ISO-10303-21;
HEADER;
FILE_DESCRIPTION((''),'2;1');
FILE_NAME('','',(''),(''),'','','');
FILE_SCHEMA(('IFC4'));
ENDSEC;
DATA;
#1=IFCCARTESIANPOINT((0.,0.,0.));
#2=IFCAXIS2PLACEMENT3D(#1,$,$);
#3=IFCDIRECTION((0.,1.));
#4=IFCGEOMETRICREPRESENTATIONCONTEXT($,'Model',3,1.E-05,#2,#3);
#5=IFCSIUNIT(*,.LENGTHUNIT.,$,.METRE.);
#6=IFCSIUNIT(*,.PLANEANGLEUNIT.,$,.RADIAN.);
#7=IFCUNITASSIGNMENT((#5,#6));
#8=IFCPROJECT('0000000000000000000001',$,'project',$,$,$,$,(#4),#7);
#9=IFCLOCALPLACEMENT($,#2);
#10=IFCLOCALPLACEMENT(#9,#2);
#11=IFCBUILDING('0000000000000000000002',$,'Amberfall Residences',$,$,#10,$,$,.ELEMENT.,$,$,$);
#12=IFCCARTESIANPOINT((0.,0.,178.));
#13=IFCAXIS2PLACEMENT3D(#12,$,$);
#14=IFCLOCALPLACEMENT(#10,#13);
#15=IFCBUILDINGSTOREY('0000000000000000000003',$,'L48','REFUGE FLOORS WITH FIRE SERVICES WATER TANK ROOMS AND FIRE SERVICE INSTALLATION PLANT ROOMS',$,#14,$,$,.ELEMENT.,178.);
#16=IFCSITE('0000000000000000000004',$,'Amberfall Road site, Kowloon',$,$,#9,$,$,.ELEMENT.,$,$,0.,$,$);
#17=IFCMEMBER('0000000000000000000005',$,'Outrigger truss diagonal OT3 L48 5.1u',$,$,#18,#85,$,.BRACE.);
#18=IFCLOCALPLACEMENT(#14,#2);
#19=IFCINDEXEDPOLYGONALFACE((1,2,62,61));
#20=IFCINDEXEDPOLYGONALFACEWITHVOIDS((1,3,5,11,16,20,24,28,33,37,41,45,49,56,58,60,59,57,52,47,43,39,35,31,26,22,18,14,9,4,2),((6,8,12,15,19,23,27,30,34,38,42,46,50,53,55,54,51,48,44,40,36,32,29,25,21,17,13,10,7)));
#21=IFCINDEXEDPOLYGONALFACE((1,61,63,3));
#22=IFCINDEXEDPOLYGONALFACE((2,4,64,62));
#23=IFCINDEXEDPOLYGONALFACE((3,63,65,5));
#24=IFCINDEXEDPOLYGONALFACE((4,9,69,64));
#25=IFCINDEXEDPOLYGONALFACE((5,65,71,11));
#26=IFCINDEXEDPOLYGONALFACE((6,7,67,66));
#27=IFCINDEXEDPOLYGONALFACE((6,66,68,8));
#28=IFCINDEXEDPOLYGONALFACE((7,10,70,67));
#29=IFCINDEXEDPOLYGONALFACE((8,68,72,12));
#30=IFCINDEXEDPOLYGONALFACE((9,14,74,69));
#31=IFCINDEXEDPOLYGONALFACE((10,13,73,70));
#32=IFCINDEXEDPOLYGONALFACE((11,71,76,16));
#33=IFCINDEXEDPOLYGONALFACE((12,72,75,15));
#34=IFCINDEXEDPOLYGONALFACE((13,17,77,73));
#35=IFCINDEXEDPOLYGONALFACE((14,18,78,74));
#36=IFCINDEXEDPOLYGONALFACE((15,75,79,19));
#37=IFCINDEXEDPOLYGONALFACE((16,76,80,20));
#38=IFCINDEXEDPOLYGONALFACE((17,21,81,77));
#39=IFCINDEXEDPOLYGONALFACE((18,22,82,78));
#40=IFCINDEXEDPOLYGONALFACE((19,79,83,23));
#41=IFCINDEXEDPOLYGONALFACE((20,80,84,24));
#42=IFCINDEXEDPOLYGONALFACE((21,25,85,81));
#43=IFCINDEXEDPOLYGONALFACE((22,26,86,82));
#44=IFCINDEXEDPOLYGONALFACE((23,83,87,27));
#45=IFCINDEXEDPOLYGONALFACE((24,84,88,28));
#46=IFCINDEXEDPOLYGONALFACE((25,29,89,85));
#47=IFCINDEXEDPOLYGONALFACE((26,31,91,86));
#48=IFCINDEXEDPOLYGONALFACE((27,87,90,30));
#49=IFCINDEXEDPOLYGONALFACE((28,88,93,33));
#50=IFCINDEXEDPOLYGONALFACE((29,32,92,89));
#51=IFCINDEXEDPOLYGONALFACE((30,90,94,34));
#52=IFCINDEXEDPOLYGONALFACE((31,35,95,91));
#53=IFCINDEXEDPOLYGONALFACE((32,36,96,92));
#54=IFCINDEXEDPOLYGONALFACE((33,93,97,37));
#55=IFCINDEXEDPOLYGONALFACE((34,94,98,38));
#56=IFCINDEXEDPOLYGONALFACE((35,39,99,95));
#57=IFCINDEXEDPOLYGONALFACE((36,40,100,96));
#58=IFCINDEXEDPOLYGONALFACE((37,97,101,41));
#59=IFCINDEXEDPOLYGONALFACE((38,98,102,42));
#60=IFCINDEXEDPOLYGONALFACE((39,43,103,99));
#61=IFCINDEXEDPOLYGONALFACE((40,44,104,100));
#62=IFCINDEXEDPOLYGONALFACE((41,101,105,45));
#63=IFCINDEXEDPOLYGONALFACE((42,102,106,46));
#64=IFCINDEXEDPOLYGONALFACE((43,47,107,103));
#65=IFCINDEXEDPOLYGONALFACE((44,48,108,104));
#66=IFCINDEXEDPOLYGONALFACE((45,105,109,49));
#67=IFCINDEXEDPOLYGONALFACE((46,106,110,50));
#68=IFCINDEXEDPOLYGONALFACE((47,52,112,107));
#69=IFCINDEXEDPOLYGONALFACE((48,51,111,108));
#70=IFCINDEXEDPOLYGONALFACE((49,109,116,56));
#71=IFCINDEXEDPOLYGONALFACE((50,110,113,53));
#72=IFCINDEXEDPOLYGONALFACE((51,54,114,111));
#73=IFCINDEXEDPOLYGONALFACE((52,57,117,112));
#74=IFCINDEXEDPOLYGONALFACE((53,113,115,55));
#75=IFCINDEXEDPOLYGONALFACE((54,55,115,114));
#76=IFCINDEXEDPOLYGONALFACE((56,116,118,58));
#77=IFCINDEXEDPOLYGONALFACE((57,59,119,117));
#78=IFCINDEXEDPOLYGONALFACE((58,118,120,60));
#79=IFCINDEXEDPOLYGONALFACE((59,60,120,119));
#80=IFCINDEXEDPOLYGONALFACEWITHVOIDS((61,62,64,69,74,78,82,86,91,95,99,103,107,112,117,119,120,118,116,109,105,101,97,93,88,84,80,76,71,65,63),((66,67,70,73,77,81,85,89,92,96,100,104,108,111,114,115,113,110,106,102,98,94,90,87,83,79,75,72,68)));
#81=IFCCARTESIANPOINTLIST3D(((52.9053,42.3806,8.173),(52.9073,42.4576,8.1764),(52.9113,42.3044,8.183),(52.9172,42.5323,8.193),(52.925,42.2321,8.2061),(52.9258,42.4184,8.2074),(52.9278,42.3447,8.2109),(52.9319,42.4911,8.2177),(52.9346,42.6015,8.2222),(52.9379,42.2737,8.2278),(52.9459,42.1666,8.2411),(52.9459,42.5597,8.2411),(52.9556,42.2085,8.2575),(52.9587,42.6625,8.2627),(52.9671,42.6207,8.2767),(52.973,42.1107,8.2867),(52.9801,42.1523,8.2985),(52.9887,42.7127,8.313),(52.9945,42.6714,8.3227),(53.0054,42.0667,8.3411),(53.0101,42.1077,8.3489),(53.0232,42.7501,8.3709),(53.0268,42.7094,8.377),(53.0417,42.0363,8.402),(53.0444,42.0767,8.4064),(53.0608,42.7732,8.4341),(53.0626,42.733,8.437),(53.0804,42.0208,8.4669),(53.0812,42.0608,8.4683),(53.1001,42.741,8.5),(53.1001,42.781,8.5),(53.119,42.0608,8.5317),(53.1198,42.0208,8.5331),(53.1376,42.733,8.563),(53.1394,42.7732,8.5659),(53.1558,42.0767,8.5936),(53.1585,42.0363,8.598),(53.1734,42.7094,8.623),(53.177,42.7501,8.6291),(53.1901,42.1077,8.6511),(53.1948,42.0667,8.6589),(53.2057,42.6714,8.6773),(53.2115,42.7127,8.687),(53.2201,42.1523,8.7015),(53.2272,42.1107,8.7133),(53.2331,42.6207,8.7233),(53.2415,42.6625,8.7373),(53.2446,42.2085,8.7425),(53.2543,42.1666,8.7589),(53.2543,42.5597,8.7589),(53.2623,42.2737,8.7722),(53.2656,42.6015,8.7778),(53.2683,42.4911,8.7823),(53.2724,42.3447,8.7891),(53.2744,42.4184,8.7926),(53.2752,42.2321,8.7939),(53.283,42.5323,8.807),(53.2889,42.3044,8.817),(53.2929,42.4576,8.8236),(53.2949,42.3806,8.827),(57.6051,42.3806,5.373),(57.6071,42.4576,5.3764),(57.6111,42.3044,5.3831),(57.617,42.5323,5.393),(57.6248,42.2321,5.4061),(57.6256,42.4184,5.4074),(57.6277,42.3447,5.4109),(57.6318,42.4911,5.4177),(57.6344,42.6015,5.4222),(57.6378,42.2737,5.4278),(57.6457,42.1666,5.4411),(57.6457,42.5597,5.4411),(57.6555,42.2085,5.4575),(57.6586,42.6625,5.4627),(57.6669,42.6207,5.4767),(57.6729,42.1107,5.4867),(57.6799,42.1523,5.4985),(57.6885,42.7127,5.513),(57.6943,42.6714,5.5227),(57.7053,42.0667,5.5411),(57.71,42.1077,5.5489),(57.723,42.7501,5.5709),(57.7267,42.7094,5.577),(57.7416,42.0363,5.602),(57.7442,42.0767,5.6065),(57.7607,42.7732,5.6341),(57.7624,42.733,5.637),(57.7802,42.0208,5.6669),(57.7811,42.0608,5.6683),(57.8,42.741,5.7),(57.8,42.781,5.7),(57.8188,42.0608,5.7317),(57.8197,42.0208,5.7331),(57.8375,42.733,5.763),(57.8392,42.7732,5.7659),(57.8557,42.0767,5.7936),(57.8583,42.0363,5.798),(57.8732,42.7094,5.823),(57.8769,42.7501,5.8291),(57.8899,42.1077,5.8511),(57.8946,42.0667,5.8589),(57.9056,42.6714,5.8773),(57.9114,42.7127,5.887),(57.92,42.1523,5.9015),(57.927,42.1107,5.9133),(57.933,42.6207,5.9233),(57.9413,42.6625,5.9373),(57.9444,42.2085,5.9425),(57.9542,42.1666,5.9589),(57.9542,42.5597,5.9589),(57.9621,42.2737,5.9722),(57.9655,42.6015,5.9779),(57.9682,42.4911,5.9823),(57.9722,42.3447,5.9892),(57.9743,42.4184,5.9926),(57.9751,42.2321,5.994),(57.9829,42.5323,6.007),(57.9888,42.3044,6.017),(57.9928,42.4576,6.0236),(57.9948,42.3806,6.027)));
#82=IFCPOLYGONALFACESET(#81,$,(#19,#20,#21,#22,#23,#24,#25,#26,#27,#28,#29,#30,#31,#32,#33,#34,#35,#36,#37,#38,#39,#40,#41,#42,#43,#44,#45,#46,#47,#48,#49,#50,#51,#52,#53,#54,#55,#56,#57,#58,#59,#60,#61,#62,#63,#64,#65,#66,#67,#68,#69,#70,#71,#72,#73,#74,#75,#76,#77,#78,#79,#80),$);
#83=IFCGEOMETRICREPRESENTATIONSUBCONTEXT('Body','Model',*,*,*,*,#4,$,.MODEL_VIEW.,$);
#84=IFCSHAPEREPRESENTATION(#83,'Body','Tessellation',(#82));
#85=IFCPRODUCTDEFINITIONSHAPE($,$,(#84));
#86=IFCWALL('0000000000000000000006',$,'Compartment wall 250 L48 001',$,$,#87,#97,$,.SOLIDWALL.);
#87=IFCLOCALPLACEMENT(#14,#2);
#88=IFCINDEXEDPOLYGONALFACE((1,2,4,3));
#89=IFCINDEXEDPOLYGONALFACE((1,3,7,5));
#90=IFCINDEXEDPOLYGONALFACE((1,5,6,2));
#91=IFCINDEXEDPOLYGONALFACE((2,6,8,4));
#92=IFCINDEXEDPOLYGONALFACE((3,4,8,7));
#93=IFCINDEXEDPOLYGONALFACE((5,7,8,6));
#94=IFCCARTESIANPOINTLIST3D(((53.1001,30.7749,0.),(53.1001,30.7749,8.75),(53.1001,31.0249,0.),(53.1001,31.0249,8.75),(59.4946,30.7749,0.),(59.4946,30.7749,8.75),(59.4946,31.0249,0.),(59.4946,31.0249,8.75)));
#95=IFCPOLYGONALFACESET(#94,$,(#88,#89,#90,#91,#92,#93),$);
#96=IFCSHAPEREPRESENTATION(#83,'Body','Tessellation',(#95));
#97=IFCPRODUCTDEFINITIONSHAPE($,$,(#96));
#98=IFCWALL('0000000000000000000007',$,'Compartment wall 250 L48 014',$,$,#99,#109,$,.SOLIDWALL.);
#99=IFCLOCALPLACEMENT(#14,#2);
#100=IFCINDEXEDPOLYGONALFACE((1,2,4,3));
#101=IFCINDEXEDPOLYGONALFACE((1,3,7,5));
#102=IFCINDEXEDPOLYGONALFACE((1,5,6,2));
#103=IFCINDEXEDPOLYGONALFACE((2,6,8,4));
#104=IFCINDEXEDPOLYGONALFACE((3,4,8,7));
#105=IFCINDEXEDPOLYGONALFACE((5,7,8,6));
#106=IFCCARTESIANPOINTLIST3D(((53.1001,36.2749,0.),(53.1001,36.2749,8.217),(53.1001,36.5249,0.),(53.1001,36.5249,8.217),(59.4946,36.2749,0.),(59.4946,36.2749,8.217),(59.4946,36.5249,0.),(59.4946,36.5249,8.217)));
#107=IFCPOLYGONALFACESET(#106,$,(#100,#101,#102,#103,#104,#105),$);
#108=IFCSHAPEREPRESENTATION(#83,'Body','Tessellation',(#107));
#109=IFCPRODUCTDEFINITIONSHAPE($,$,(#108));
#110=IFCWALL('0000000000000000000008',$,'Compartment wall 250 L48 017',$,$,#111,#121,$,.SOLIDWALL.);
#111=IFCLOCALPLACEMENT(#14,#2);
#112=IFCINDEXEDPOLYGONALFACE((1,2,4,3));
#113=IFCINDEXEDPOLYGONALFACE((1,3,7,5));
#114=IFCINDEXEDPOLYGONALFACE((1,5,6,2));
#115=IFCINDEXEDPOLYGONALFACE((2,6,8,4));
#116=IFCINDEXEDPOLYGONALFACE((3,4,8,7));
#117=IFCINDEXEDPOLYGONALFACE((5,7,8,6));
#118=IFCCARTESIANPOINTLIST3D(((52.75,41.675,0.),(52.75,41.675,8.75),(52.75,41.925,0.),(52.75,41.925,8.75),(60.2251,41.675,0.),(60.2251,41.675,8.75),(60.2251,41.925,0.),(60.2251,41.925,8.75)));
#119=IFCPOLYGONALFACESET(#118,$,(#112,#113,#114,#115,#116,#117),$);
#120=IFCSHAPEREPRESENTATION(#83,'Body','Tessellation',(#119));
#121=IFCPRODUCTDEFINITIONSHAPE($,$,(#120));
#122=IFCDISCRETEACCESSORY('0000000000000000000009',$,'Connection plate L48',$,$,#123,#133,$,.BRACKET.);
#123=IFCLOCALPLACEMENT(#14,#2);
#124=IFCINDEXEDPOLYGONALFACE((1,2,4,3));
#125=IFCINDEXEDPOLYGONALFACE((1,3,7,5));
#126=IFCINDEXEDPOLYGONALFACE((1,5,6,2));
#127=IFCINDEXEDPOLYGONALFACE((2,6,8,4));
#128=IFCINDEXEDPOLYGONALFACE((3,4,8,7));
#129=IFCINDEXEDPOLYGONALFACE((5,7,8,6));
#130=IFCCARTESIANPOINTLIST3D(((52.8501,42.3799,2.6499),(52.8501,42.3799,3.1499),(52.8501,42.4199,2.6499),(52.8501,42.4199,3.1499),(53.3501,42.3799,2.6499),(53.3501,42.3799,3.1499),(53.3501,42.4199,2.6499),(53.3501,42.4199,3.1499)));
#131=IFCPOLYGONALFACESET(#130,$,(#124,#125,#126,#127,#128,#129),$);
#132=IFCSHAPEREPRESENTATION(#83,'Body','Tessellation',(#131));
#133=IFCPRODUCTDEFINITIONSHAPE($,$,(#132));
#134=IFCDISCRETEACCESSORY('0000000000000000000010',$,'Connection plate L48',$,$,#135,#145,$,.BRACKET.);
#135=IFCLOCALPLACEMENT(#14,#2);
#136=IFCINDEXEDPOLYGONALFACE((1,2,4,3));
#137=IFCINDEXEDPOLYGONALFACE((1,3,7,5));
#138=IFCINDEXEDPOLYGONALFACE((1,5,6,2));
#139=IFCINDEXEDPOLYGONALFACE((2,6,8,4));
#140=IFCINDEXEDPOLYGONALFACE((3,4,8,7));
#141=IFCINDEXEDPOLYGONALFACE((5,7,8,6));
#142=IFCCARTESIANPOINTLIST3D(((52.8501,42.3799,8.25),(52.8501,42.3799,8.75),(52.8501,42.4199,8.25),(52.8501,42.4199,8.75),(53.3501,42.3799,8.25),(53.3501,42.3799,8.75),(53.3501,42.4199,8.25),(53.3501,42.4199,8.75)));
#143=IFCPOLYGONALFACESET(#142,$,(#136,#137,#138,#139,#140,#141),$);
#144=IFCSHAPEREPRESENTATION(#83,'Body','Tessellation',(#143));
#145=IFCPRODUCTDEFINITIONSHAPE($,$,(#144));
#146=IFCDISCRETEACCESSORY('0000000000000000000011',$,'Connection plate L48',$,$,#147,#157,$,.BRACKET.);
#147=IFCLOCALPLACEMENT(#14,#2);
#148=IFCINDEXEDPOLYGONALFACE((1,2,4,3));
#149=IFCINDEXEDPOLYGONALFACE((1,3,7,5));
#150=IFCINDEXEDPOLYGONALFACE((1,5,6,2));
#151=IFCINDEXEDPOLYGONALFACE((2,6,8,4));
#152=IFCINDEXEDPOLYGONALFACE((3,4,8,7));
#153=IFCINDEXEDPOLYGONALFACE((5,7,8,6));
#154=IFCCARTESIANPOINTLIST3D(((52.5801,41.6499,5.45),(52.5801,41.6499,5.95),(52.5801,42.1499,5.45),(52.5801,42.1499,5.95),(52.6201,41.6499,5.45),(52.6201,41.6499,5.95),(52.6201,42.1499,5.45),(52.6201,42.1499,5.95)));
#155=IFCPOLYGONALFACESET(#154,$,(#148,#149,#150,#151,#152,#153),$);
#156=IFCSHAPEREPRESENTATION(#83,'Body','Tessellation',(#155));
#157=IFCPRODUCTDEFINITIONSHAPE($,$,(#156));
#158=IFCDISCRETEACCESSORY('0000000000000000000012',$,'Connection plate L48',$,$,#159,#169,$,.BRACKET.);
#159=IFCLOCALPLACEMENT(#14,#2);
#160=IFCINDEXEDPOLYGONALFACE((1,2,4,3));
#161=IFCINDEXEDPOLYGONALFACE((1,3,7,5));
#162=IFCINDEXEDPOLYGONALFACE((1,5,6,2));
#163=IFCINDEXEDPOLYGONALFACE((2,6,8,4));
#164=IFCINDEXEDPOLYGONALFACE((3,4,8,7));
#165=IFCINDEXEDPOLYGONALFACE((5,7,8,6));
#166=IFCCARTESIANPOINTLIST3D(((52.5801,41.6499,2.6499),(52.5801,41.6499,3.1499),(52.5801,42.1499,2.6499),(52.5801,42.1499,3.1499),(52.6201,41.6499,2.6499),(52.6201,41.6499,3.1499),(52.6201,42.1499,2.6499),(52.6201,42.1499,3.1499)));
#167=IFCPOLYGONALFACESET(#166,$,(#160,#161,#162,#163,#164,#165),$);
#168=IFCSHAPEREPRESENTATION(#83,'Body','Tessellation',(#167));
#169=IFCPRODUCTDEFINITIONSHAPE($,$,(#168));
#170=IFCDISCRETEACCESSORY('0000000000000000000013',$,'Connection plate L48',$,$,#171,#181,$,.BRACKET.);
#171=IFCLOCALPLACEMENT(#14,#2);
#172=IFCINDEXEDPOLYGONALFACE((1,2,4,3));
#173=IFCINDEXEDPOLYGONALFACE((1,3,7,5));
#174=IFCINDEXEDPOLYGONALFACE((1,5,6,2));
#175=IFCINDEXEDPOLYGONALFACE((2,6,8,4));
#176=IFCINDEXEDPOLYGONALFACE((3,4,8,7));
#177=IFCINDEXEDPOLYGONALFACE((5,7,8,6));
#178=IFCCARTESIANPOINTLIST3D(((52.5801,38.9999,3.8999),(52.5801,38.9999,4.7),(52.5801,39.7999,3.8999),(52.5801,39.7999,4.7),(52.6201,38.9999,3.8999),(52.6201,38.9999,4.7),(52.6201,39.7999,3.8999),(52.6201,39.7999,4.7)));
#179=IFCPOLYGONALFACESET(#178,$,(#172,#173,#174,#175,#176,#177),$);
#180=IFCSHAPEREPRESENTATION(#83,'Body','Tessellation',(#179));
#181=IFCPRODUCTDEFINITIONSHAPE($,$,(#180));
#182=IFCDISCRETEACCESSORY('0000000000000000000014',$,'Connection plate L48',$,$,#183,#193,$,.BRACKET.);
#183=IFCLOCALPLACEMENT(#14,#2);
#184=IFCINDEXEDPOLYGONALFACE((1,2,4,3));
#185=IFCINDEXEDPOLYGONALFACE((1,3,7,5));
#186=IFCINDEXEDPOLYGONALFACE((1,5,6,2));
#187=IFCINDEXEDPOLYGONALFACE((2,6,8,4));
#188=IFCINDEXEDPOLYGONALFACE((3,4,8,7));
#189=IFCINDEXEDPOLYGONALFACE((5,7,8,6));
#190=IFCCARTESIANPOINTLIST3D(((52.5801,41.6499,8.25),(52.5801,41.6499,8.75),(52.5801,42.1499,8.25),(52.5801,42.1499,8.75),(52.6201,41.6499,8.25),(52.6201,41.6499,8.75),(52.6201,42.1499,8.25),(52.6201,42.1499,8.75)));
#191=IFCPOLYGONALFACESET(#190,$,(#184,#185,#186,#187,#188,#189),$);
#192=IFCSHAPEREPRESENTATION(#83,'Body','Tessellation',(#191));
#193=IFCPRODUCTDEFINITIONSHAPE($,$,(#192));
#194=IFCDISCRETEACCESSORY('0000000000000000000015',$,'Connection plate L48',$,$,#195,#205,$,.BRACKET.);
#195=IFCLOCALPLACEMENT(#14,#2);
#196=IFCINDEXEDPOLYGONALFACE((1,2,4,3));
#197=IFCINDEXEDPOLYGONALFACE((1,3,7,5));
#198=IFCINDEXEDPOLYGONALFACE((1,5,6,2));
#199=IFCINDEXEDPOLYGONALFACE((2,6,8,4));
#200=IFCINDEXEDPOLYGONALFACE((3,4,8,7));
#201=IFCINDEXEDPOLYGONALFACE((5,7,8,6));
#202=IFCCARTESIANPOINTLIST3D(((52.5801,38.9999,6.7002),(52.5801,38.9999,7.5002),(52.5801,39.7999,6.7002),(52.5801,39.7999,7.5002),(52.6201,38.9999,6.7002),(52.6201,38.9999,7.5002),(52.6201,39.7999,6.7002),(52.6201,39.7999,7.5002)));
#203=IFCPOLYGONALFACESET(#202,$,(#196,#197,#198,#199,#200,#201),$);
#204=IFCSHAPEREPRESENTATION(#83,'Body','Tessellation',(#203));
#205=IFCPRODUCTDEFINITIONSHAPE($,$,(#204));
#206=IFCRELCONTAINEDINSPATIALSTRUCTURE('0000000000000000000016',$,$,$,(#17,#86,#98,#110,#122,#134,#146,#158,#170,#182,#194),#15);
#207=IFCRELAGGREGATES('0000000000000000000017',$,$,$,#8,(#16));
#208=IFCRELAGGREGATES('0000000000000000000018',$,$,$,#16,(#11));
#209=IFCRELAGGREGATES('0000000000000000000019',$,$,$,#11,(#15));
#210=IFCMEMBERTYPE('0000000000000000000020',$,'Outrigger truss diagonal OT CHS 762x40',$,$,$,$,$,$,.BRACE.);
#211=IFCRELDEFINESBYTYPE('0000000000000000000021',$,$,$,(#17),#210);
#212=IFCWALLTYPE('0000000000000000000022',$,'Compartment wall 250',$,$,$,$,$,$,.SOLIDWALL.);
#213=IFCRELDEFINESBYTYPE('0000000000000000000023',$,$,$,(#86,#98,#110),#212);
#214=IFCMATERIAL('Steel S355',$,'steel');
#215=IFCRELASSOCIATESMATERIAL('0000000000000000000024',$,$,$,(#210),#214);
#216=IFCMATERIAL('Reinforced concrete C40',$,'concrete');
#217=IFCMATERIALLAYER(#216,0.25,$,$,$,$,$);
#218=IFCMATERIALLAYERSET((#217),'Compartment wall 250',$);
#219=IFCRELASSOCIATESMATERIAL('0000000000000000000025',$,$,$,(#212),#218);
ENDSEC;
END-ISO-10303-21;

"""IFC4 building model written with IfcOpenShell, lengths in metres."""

from ifc_helpers import new_model, si_unit, direction, frame, frame_2d, origin, origin_2d, place, context, subcontext, project, spatial, rectangle, hollow_circle, extrude, material, layer, layer_set, material_profile, profile_set, type_object, element, save


model = new_model("IFC4")

# Units and contexts
model_context = context("Model", 3, precision=1e-05, world=origin(), true_north=direction((0.0, 1.0)))
body_context = subcontext(model_context, "Body", "Model", "MODEL_VIEW")
ifc_project = project(units=[si_unit("LENGTHUNIT", "METRE"), si_unit("PLANEANGLEUNIT", "RADIAN")], contexts=[model_context])

# Site, building, storey
site_placement = place(None, origin())
site = spatial("IfcSite", under=ifc_project, at=site_placement, Name="Amberfall Road site, Kowloon", CompositionType="ELEMENT", RefElevation=0.0)
building_placement = place(site_placement, origin())
building = spatial("IfcBuilding", under=site, at=building_placement, Name="Amberfall Residences", CompositionType="ELEMENT")
storey_placement = place(building_placement, frame((0.0, 0.0, 178.0)))
storey = spatial("IfcBuildingStorey", under=building, at=storey_placement, Name="L48", Description="REFUGE FLOORS WITH FIRE SERVICES WATER TANK ROOMS AND FIRE SERVICE INSTALLATION PLANT ROOMS", CompositionType="ELEMENT", Elevation=178.0)

# Shared definitions
ifc_material_1 = material(Name="Steel S355", Category="steel")

# Member
ifc_material_profile_1 = material_profile(ifc_material_1, hollow_circle(Radius=0.3811, WallThickness=0.04, at=origin_2d()), Name="CHS 762x40")
ifc_profile_set_1 = profile_set([ifc_material_profile_1], Name="Steel S355")
member_type_1 = type_object("IfcMemberType", Name="Outrigger truss diagonal OT CHS 762x40", PredefinedType="BRACE", material=ifc_profile_set_1)
for number, where, z_axis, x_axis, name in (
    (1, (53.1001, 42.3999, 8.5), (0.859095, 0.0, -0.511816), (0.0, 1.0, 0.0), "Outrigger truss diagonal OT3 L48 5.1u"),
):
    element("IfcMember", number, at=place(storey_placement, frame(where, z_axis=z_axis, x_axis=x_axis)), inside=storey, type_object=member_type_1, Name=name, PredefinedType="BRACE", context=body_context, shape_type="SweptSolid", body=[
        extrude(hollow_circle(Radius=0.3811, WallThickness=0.04, at=origin_2d()), origin(), (0.0, 0.0, 1.0), 5.4707),
    ])

# Walls
ifc_material_2 = material(Name="Reinforced concrete C40", Category="concrete")
ifc_layer = layer(ifc_material_2, 0.25)
ifc_layer_set = layer_set([ifc_layer], Name="Compartment wall 250")
wall_type = type_object("IfcWallType", Name="Compartment wall 250", PredefinedType="SOLIDWALL", material=ifc_layer_set)
wall_1_placement = place(storey_placement, frame((53.1001, 30.8999, 0.0), z_axis=(0.0, 0.0, 1.0), x_axis=(1.0, 0.0, 0.0)))
element("IfcWall", 2, at=wall_1_placement, inside=storey, type_object=wall_type, Name="Compartment wall 250 L48 001", PredefinedType="SOLIDWALL", context=body_context, shape_type="SweptSolid", body=[
    extrude(rectangle(XDim=6.3945, YDim=0.25, at=frame_2d((3.1973, 0.0))), origin(), (0.0, 0.0, 1.0), 8.75),
])
wall_2_placement = place(storey_placement, frame((53.1001, 36.3999, 0.0), z_axis=(0.0, 0.0, 1.0), x_axis=(1.0, 0.0, 0.0)))
element("IfcWall", 3, at=wall_2_placement, inside=storey, type_object=wall_type, Name="Compartment wall 250 L48 014", PredefinedType="SOLIDWALL", context=body_context, shape_type="SweptSolid", body=[
    extrude(rectangle(XDim=6.3945, YDim=0.25, at=frame_2d((3.1973, 0.0))), origin(), (0.0, 0.0, 1.0), 8.217),
])
wall_3_placement = place(storey_placement, frame((52.75, 41.8, 0.0), z_axis=(0.0, 0.0, 1.0), x_axis=(1.0, 0.0, 0.0)))
element("IfcWall", 4, at=wall_3_placement, inside=storey, type_object=wall_type, Name="Compartment wall 250 L48 017", PredefinedType="SOLIDWALL", context=body_context, shape_type="SweptSolid", body=[
    extrude(rectangle(XDim=7.4751, YDim=0.25, at=frame_2d((3.7375, 0.0))), origin(), (0.0, 0.0, 1.0), 8.75),
])

# Discrete accessories
for number, where, z_axis, x_axis, name in (
    (5, (53.1001, 42.3999, 2.6499), (0.0, 0.0, 1.0), (1.0, 0.0, 0.0), "Connection plate L48"),
    (6, (53.1001, 42.3999, 8.25), (0.0, 0.0, 1.0), (1.0, 0.0, 0.0), "Connection plate L48"),
    (7, (52.6001, 41.8999, 5.45), (0.0, 0.0, 1.0), (0.0, 1.0, 0.0), "Connection plate L48"),
    (8, (52.6001, 41.8999, 2.6499), (0.0, 0.0, 1.0), (0.0, 1.0, 0.0), "Connection plate L48"),
):
    element("IfcDiscreteAccessory", number, at=place(storey_placement, frame(where, z_axis=z_axis, x_axis=x_axis)), inside=storey, Name=name, PredefinedType="BRACKET", context=body_context, shape_type="SweptSolid", body=[
        extrude(rectangle(XDim=0.5, YDim=0.04, at=origin_2d()), origin(), (0.0, 0.0, 1.0), 0.5),
    ])
discrete_accessory_1_placement = place(storey_placement, frame((52.6001, 39.3999, 3.8999), z_axis=(0.0, 0.0, 1.0), x_axis=(0.0, 1.0, 0.0)))
element("IfcDiscreteAccessory", 9, at=discrete_accessory_1_placement, inside=storey, Name="Connection plate L48", PredefinedType="BRACKET", context=body_context, shape_type="SweptSolid", body=[
    extrude(rectangle(XDim=0.8, YDim=0.04, at=origin_2d()), origin(), (0.0, 0.0, 1.0), 0.8),
])
discrete_accessory_2_placement = place(storey_placement, frame((52.6001, 41.8999, 8.25), z_axis=(0.0, 0.0, 1.0), x_axis=(0.0, 1.0, 0.0)))
element("IfcDiscreteAccessory", 10, at=discrete_accessory_2_placement, inside=storey, Name="Connection plate L48", PredefinedType="BRACKET", context=body_context, shape_type="SweptSolid", body=[
    extrude(rectangle(XDim=0.5, YDim=0.04, at=origin_2d()), origin(), (0.0, 0.0, 1.0), 0.5),
])
discrete_accessory_3_placement = place(storey_placement, frame((52.6001, 39.3999, 6.7002), z_axis=(0.0, 0.0, 1.0), x_axis=(0.0, 1.0, 0.0)))
element("IfcDiscreteAccessory", 11, at=discrete_accessory_3_placement, inside=storey, Name="Connection plate L48", PredefinedType="BRACKET", context=body_context, shape_type="SweptSolid", body=[
    extrude(rectangle(XDim=0.8, YDim=0.04, at=origin_2d()), origin(), (0.0, 0.0, 1.0), 0.8),
])

save(model, "model.ifc")
